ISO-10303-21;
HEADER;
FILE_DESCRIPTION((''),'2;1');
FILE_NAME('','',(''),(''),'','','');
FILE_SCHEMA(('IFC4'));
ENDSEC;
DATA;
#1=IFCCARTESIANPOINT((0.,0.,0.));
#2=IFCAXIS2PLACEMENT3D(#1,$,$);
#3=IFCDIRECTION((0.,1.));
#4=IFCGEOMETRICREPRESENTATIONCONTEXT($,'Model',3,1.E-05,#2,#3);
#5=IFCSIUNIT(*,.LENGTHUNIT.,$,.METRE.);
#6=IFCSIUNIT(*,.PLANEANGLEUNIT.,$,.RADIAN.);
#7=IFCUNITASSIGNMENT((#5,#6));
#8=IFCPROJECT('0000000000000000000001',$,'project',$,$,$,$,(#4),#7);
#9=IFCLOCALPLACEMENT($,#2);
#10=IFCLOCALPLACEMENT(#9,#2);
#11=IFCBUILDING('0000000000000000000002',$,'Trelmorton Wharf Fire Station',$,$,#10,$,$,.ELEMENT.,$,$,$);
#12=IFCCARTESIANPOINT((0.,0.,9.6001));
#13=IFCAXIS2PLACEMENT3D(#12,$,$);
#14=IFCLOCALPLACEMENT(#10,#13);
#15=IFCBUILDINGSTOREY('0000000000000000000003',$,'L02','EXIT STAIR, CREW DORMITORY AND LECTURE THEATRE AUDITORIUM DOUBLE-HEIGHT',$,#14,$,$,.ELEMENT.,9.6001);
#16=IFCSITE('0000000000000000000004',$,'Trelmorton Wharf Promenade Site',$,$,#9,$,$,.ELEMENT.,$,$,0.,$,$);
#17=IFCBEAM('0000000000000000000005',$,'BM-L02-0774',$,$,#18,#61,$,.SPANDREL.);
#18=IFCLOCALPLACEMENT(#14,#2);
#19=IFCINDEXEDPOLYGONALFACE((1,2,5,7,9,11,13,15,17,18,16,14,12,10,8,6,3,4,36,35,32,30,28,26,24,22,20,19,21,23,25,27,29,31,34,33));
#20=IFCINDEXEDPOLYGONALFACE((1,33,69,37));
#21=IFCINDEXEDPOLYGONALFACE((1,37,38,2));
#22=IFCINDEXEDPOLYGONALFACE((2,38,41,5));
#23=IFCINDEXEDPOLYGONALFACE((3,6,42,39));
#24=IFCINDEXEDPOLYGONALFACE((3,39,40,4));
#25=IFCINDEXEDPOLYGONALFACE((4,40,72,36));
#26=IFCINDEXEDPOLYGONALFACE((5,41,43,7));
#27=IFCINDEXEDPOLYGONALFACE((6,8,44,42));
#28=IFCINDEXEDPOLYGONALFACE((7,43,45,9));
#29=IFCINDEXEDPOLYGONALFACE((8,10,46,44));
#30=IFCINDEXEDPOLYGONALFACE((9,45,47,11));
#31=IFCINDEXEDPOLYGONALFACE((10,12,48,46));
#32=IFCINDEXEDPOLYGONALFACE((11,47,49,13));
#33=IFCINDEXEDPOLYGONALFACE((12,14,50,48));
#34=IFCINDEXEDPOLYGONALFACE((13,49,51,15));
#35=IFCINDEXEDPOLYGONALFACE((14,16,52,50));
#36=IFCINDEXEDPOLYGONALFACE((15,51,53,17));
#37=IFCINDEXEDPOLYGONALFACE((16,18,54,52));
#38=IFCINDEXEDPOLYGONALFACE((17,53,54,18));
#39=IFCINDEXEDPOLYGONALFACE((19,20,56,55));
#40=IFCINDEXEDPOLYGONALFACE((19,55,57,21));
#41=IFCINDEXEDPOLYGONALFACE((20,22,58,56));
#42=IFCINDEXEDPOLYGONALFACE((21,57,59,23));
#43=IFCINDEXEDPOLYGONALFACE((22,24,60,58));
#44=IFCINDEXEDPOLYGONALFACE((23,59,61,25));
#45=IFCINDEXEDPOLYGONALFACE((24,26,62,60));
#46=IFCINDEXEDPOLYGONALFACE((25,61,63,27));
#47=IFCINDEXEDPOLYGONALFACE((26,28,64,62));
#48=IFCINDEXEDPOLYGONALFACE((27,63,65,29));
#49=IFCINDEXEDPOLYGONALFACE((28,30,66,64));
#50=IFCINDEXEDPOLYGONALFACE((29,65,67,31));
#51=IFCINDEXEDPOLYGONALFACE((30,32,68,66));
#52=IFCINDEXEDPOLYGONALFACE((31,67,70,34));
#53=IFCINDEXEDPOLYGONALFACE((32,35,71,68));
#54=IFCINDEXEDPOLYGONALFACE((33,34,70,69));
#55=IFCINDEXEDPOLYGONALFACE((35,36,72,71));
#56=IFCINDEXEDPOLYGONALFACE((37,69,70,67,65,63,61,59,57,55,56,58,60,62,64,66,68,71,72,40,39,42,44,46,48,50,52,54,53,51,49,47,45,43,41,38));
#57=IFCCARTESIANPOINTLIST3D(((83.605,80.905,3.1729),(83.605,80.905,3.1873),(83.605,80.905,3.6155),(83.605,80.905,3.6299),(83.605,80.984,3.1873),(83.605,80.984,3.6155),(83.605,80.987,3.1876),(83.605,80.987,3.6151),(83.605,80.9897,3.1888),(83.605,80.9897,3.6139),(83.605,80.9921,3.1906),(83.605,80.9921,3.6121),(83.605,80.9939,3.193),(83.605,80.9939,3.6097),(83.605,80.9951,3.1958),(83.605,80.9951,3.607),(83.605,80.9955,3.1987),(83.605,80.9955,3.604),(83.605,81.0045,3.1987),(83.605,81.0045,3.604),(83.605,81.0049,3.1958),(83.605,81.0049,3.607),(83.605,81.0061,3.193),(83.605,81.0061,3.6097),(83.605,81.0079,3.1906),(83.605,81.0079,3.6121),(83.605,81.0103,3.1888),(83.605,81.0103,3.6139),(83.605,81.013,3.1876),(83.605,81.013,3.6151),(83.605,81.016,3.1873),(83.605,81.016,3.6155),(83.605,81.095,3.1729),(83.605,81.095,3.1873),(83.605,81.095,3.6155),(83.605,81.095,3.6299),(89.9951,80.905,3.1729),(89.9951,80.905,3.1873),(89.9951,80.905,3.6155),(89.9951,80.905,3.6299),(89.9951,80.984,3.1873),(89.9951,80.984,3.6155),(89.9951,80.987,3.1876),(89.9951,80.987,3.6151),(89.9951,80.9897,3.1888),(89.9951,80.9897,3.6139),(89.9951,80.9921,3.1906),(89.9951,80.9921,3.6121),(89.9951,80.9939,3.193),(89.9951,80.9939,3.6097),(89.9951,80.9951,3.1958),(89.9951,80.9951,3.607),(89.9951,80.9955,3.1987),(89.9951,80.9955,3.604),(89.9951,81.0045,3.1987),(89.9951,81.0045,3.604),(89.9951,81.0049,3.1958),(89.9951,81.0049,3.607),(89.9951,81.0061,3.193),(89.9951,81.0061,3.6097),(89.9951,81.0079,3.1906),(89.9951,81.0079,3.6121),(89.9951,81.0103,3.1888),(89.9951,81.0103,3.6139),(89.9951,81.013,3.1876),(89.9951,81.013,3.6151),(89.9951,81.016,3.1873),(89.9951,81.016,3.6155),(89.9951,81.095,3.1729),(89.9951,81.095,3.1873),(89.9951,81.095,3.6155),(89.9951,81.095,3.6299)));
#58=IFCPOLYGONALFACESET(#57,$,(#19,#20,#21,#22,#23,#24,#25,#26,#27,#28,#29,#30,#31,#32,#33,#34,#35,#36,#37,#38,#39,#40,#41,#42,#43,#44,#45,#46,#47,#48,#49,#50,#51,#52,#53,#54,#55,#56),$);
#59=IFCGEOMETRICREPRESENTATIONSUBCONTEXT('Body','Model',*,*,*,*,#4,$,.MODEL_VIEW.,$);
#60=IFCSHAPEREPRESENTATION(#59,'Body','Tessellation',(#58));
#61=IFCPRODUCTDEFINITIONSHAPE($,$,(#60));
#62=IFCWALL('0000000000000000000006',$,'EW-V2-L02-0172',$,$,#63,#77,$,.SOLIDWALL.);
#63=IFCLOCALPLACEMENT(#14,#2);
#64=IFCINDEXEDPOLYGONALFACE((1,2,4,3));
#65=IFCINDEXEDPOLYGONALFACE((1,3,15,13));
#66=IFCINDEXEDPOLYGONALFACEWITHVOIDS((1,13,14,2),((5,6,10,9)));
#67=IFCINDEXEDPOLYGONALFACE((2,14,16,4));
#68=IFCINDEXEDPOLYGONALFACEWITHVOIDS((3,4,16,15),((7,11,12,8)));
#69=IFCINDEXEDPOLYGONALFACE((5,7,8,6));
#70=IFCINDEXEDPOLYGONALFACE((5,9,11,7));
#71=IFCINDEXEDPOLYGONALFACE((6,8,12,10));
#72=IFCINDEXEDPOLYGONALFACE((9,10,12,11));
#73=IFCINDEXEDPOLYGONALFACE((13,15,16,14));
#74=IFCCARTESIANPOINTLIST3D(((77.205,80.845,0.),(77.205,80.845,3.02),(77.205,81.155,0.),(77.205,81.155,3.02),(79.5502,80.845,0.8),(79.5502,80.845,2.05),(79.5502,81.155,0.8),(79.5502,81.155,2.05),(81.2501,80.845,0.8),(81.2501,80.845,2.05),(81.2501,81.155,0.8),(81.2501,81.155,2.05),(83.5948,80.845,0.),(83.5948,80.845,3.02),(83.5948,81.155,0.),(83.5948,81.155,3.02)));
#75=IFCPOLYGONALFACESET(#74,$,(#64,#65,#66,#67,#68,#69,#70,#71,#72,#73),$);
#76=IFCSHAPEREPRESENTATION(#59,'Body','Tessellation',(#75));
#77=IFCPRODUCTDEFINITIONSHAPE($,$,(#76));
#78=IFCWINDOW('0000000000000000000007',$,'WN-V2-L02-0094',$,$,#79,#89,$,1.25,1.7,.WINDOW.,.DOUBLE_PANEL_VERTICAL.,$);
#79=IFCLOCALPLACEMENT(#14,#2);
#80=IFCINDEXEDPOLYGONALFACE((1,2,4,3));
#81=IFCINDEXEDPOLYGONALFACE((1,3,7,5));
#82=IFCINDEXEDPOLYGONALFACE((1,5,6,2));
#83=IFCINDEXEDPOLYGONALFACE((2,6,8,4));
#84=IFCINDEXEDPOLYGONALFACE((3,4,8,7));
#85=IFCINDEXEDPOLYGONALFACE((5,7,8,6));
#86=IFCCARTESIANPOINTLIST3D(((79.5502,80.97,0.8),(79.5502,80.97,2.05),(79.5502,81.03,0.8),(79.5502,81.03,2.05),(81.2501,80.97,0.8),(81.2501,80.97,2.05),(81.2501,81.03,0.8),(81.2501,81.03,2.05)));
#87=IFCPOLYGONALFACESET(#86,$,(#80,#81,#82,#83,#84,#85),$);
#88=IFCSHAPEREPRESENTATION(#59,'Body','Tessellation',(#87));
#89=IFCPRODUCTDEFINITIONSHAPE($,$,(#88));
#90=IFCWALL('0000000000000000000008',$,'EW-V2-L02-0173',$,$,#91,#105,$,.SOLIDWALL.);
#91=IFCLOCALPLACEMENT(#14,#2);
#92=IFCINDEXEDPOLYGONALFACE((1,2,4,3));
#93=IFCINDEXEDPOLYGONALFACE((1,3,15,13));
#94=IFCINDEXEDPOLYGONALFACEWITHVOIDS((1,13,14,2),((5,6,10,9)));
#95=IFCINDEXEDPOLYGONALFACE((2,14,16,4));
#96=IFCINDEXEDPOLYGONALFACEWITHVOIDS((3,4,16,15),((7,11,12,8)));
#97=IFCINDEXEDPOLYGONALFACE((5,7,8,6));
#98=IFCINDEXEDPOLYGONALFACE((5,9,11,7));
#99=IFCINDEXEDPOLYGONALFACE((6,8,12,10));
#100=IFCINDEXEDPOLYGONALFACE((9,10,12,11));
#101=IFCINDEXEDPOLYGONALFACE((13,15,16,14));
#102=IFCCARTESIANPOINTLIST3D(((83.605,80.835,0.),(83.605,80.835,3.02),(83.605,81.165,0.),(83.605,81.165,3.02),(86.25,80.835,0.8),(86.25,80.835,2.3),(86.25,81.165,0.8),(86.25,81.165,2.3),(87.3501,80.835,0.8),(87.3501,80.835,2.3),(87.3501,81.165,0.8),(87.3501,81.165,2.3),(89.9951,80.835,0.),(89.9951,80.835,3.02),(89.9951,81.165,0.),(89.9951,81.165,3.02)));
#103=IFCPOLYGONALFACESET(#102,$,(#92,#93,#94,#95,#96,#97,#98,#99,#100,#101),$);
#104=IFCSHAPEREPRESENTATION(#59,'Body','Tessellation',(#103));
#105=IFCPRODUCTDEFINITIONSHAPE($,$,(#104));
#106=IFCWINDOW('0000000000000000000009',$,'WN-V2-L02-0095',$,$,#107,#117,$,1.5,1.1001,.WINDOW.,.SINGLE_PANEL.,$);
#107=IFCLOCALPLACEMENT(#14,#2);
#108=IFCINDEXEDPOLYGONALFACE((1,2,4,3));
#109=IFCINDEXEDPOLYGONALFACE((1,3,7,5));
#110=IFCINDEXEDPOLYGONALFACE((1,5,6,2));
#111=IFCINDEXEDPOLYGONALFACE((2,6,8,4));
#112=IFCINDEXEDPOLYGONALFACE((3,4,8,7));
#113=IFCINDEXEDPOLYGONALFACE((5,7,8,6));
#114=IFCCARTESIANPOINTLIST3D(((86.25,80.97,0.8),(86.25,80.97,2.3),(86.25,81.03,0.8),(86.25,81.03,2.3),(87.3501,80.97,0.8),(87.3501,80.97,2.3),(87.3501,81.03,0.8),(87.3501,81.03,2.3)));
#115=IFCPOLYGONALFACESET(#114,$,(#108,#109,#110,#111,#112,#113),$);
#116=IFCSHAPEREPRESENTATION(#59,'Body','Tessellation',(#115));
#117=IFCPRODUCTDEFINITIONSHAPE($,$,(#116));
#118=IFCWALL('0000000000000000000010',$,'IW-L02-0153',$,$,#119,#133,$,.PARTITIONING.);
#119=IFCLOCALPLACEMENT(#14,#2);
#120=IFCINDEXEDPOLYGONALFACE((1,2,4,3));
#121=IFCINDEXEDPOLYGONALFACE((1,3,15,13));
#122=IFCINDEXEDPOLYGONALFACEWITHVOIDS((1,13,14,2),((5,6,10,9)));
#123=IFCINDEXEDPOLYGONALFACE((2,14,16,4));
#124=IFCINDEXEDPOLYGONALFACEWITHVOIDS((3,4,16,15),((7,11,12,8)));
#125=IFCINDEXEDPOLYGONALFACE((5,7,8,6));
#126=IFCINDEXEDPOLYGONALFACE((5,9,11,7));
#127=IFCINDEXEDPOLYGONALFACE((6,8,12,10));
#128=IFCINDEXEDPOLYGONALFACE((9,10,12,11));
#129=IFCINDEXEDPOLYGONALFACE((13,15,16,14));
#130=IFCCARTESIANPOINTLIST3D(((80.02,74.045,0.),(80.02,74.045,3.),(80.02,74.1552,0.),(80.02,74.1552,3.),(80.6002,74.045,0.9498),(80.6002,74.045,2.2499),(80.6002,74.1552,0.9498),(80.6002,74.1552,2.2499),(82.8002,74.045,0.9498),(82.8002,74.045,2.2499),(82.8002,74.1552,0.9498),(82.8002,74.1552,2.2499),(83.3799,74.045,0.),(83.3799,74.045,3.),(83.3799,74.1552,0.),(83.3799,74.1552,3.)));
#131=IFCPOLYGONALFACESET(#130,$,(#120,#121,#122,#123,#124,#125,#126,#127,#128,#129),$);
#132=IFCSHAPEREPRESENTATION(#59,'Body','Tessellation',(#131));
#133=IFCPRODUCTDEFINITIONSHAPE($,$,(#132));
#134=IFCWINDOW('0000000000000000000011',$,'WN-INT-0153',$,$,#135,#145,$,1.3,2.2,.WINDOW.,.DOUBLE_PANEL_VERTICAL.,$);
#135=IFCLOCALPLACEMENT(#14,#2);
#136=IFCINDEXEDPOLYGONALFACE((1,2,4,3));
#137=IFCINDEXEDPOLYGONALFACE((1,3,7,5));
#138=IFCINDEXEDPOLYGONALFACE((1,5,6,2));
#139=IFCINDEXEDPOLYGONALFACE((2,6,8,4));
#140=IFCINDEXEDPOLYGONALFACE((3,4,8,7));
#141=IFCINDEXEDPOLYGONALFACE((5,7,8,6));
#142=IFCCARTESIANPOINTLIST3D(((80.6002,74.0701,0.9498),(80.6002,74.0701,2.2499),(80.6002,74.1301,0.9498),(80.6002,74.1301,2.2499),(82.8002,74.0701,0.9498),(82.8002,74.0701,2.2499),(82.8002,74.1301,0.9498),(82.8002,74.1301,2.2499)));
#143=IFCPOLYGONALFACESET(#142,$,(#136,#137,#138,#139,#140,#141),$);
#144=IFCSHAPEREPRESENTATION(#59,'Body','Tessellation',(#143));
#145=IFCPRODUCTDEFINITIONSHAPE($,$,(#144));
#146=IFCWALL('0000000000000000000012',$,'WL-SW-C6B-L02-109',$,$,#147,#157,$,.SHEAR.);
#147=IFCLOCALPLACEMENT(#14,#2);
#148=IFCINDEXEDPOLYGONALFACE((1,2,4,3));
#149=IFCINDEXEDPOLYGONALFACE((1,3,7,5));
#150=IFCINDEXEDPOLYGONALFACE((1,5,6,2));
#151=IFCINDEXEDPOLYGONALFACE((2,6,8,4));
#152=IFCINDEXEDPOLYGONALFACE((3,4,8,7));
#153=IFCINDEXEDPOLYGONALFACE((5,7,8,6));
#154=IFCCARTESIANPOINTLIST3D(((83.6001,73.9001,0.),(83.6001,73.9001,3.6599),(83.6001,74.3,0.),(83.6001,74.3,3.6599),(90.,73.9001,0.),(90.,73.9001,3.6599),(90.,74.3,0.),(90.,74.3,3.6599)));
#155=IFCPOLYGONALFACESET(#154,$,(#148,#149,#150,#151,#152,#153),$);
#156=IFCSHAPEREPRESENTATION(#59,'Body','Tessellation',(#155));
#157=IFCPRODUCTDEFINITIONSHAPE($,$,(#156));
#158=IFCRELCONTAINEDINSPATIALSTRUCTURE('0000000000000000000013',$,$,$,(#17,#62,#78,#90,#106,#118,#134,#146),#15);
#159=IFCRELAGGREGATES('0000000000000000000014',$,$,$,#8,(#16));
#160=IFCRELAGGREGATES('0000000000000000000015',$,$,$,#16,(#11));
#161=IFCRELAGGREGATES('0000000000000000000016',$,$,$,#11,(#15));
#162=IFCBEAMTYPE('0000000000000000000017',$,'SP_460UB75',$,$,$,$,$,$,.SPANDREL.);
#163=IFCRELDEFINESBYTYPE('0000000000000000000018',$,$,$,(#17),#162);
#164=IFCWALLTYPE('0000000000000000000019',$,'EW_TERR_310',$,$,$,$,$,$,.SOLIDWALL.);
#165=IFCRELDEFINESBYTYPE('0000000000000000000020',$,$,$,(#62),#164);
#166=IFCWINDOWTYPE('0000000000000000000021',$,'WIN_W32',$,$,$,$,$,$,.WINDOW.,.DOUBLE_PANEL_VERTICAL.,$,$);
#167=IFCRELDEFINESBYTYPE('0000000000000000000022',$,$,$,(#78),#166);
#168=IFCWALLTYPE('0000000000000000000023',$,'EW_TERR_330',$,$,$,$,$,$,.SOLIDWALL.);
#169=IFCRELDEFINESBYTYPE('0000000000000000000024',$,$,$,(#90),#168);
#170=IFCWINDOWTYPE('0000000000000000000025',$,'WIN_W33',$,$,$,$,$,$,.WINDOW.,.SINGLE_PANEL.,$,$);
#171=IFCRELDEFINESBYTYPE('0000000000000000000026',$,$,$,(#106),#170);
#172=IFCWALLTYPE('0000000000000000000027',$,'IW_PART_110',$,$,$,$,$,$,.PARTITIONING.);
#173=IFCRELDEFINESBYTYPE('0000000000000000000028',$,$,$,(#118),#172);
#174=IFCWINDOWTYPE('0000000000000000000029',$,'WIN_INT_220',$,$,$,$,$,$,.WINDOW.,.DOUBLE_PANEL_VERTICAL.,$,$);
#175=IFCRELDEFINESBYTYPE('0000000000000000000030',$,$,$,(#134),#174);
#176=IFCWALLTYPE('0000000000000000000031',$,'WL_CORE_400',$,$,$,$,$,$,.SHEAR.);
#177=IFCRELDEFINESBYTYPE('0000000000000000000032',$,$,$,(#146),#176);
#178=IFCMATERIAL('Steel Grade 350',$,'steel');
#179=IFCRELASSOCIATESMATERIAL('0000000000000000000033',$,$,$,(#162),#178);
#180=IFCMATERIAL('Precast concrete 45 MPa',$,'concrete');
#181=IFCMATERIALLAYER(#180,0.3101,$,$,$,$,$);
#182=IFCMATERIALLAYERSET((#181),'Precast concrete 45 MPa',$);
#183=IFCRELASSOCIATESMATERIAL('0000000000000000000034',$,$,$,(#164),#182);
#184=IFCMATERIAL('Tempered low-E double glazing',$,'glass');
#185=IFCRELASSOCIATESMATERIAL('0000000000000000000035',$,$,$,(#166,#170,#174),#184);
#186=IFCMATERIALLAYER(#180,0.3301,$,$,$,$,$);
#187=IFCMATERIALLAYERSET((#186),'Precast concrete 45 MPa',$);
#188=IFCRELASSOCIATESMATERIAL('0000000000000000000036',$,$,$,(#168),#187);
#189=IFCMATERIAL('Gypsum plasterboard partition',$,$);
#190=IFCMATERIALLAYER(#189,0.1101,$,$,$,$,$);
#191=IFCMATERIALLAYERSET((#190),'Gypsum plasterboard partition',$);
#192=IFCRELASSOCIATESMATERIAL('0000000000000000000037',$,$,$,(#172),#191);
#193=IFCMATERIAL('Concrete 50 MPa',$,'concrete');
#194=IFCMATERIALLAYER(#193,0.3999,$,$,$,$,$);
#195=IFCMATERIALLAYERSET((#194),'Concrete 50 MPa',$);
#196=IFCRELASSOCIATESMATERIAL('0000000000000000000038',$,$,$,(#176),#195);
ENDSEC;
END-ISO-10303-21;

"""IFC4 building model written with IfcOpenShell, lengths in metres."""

from ifc_helpers import new_model, si_unit, direction, frame, frame_2d, origin, origin_2d, place, context, subcontext, project, spatial, rectangle, i_section, extrude, material, layer, layer_set, material_profile, profile_set, type_object, element, fill, save


model = new_model("IFC4")

# Units and contexts
model_context = context("Model", 3, precision=1e-05, world=origin(), true_north=direction((0.0, 1.0)))
body_context = subcontext(model_context, "Body", "Model", "MODEL_VIEW")
ifc_project = project(units=[si_unit("LENGTHUNIT", "METRE"), si_unit("PLANEANGLEUNIT", "RADIAN")], contexts=[model_context])

# Site, building, storey
site_placement = place(None, origin())
site = spatial("IfcSite", under=ifc_project, at=site_placement, Name="Trelmorton Wharf Promenade Site", CompositionType="ELEMENT", RefElevation=0.0)
building_placement = place(site_placement, origin())
building = spatial("IfcBuilding", under=site, at=building_placement, Name="Trelmorton Wharf Fire Station", CompositionType="ELEMENT")
storey_placement = place(building_placement, frame((0.0, 0.0, 9.6001)))
storey = spatial("IfcBuildingStorey", under=building, at=storey_placement, Name="L02", Description="EXIT STAIR, CREW DORMITORY AND LECTURE THEATRE AUDITORIUM DOUBLE-HEIGHT", CompositionType="ELEMENT", Elevation=9.6001)

# Shared definitions
ifc_material_1 = material(Name="Steel Grade 350", Category="steel")

# Beam
ifc_material_profile_1 = material_profile(ifc_material_1, i_section(OverallWidth=0.1899, OverallDepth=0.457, WebThickness=0.009, FlangeThickness=0.0144, FilletRadius=0.0115, at=origin_2d()), Name="460UB74.6")
ifc_profile_set_1 = profile_set([ifc_material_profile_1], Name="Steel Grade 350")
beam_type_1 = type_object("IfcBeamType", Name="SP_460UB75", PredefinedType="SPANDREL", material=ifc_profile_set_1)
beam_1_placement = place(storey_placement, frame((83.605, 81.0, 3.4014), z_axis=(1.0, 0.0, 0.0), x_axis=(0.0, 1.0, 0.0)))
element("IfcBeam", 1, at=beam_1_placement, inside=storey, type_object=beam_type_1, Name="BM-L02-0774", PredefinedType="SPANDREL", context=body_context, shape_type="SweptSolid", body=[
    extrude(i_section(OverallWidth=0.1899, OverallDepth=0.457, WebThickness=0.009, FlangeThickness=0.0144, FilletRadius=0.0115, at=origin_2d()), origin(), (0.0, 0.0, 1.0), 6.3901),
])

# Walls, openings, windows
ifc_material_2 = material(Name="Precast concrete 45 MPa", Category="concrete")
ifc_layer_1 = layer(ifc_material_2, 0.3101)
ifc_layer_set_1 = layer_set([ifc_layer_1], Name="Precast concrete 45 MPa")
wall_type_1 = type_object("IfcWallType", Name="EW_TERR_310", PredefinedType="SOLIDWALL", material=ifc_layer_set_1)
wall_1_placement = place(storey_placement, frame((77.2051, 81.0, 0.0), z_axis=(0.0, 0.0, 1.0), x_axis=(1.0, 0.0, 0.0)))
wall_1 = element("IfcWall", 2, at=wall_1_placement, inside=storey, type_object=wall_type_1, Name="EW-V2-L02-0172", PredefinedType="SOLIDWALL", context=body_context, shape_type="SweptSolid", body=[
    extrude(rectangle(XDim=6.3899, YDim=0.3101, at=frame_2d((3.1948, 0.0))), origin(), (0.0, 0.0, 1.0), 3.02),
])
opening_1_placement = place(wall_1_placement, frame((2.345, 0.0, 0.8)))
opening_1 = element("IfcOpeningElement", 3, at=opening_1_placement, cuts=wall_1, PredefinedType="OPENING", context=body_context, shape_type="SweptSolid", body=[
    extrude(rectangle(XDim=1.7, YDim=1.25, at=frame_2d((0.8501, 0.625))), frame((0.0, 0.165, 0.0), z_axis=(0.0, -1.0, 0.0), x_axis=(1.0, 0.0, 0.0)), (0.0, 0.0, 1.0), 0.3301),
])
ifc_material_3 = material(Name="Tempered low-E double glazing", Category="glass")
window_type_1 = type_object("IfcWindowType", Name="WIN_W32", PartitioningType="DOUBLE_PANEL_VERTICAL", PredefinedType="WINDOW", material=ifc_material_3)
window_1_placement = place(opening_1_placement, origin())
window_1 = element("IfcWindow", 4, at=window_1_placement, inside=storey, type_object=window_type_1, Name="WN-V2-L02-0094", OverallHeight=1.25, OverallWidth=1.7, PartitioningType="DOUBLE_PANEL_VERTICAL", PredefinedType="WINDOW", context=body_context, shape_type="SweptSolid", body=[
    extrude(rectangle(XDim=1.7, YDim=1.25, at=frame_2d((0.8501, 0.625))), frame((0.0, 0.03, 0.0), z_axis=(0.0, -1.0, 0.0), x_axis=(1.0, 0.0, 0.0)), (0.0, 0.0, 1.0), 0.0601),
])
fill(opening_1, window_1)
ifc_layer_2 = layer(ifc_material_2, 0.3301)
ifc_layer_set_2 = layer_set([ifc_layer_2], Name="Precast concrete 45 MPa")
wall_type_2 = type_object("IfcWallType", Name="EW_TERR_330", PredefinedType="SOLIDWALL", material=ifc_layer_set_2)
wall_2_placement = place(storey_placement, frame((83.605, 81.0, 0.0), z_axis=(0.0, 0.0, 1.0), x_axis=(1.0, 0.0, 0.0)))
wall_2 = element("IfcWall", 5, at=wall_2_placement, inside=storey, type_object=wall_type_2, Name="EW-V2-L02-0173", PredefinedType="SOLIDWALL", context=body_context, shape_type="SweptSolid", body=[
    extrude(rectangle(XDim=6.3901, YDim=0.3301, at=frame_2d((3.1951, 0.0))), origin(), (0.0, 0.0, 1.0), 3.02),
])
opening_2_placement = place(wall_2_placement, frame((2.645, 0.0, 0.8)))
opening_2 = element("IfcOpeningElement", 6, at=opening_2_placement, cuts=wall_2, PredefinedType="OPENING", context=body_context, shape_type="SweptSolid", body=[
    extrude(rectangle(XDim=1.1001, YDim=1.5, at=frame_2d((0.55, 0.75))), frame((0.0, 0.175, 0.0), z_axis=(0.0, -1.0, 0.0), x_axis=(1.0, 0.0, 0.0)), (0.0, 0.0, 1.0), 0.3501),
])
window_type_2 = type_object("IfcWindowType", Name="WIN_W33", PartitioningType="SINGLE_PANEL", PredefinedType="WINDOW", material=ifc_material_3)
window_2_placement = place(opening_2_placement, origin())
window_2 = element("IfcWindow", 7, at=window_2_placement, inside=storey, type_object=window_type_2, Name="WN-V2-L02-0095", OverallHeight=1.5, OverallWidth=1.1001, PartitioningType="SINGLE_PANEL", PredefinedType="WINDOW", context=body_context, shape_type="SweptSolid", body=[
    extrude(rectangle(XDim=1.1001, YDim=1.5, at=frame_2d((0.55, 0.75))), frame((0.0, 0.03, 0.0), z_axis=(0.0, -1.0, 0.0), x_axis=(1.0, 0.0, 0.0)), (0.0, 0.0, 1.0), 0.0601),
])
fill(opening_2, window_2)
ifc_material_4 = material(Name="Gypsum plasterboard partition")
ifc_layer_3 = layer(ifc_material_4, 0.1101)
ifc_layer_set_3 = layer_set([ifc_layer_3], Name="Gypsum plasterboard partition")
wall_type_3 = type_object("IfcWallType", Name="IW_PART_110", PredefinedType="PARTITIONING", material=ifc_layer_set_3)
wall_3_placement = place(storey_placement, frame((80.02, 74.1001, 0.0), z_axis=(0.0, 0.0, 1.0), x_axis=(1.0, 0.0, 0.0)))
wall_3 = element("IfcWall", 8, at=wall_3_placement, inside=storey, type_object=wall_type_3, Name="IW-L02-0153", PredefinedType="PARTITIONING", context=body_context, shape_type="SweptSolid", body=[
    extrude(rectangle(XDim=3.3599, YDim=0.1101, at=frame_2d((1.6799, 0.0))), origin(), (0.0, 0.0, 1.0), 3.0),
])
opening_3_placement = place(wall_3_placement, frame((0.5801, 0.0, 0.95)))
opening_3 = element("IfcOpeningElement", 9, at=opening_3_placement, cuts=wall_3, PredefinedType="OPENING", context=body_context, shape_type="SweptSolid", body=[
    extrude(rectangle(XDim=2.2, YDim=1.3, at=frame_2d((1.1001, 0.6499))), frame((0.0, 0.0649, 0.0), z_axis=(0.0, -1.0, 0.0), x_axis=(1.0, 0.0, 0.0)), (0.0, 0.0, 1.0), 0.1301),
])
window_type_3 = type_object("IfcWindowType", Name="WIN_INT_220", PartitioningType="DOUBLE_PANEL_VERTICAL", PredefinedType="WINDOW", material=ifc_material_3)
window_3_placement = place(opening_3_placement, origin())
window_3 = element("IfcWindow", 10, at=window_3_placement, inside=storey, type_object=window_type_3, Name="WN-INT-0153", OverallHeight=1.3, OverallWidth=2.2, PartitioningType="DOUBLE_PANEL_VERTICAL", PredefinedType="WINDOW", context=body_context, shape_type="SweptSolid", body=[
    extrude(rectangle(XDim=2.2, YDim=1.3, at=frame_2d((1.1001, 0.6499))), frame((0.0, 0.03, 0.0), z_axis=(0.0, -1.0, 0.0), x_axis=(1.0, 0.0, 0.0)), (0.0, 0.0, 1.0), 0.0601),
])
fill(opening_3, window_3)

# Wall
ifc_material_5 = material(Name="Concrete 50 MPa", Category="concrete")
ifc_layer_4 = layer(ifc_material_5, 0.3999)
ifc_layer_set_4 = layer_set([ifc_layer_4], Name="Concrete 50 MPa")
wall_type_4 = type_object("IfcWallType", Name="WL_CORE_400", PredefinedType="SHEAR", material=ifc_layer_set_4)
wall_4_placement = place(storey_placement, frame((83.6001, 74.1001, 0.0), z_axis=(0.0, 0.0, 1.0), x_axis=(1.0, 0.0, 0.0)))
element("IfcWall", 11, at=wall_4_placement, inside=storey, type_object=wall_type_4, Name="WL-SW-C6B-L02-109", PredefinedType="SHEAR", context=body_context, shape_type="SweptSolid", body=[
    extrude(rectangle(XDim=6.3999, YDim=0.3999, at=frame_2d((3.2, 0.0))), origin(), (0.0, 0.0, 1.0), 3.6599),
])

save(model, "model.ifc")
